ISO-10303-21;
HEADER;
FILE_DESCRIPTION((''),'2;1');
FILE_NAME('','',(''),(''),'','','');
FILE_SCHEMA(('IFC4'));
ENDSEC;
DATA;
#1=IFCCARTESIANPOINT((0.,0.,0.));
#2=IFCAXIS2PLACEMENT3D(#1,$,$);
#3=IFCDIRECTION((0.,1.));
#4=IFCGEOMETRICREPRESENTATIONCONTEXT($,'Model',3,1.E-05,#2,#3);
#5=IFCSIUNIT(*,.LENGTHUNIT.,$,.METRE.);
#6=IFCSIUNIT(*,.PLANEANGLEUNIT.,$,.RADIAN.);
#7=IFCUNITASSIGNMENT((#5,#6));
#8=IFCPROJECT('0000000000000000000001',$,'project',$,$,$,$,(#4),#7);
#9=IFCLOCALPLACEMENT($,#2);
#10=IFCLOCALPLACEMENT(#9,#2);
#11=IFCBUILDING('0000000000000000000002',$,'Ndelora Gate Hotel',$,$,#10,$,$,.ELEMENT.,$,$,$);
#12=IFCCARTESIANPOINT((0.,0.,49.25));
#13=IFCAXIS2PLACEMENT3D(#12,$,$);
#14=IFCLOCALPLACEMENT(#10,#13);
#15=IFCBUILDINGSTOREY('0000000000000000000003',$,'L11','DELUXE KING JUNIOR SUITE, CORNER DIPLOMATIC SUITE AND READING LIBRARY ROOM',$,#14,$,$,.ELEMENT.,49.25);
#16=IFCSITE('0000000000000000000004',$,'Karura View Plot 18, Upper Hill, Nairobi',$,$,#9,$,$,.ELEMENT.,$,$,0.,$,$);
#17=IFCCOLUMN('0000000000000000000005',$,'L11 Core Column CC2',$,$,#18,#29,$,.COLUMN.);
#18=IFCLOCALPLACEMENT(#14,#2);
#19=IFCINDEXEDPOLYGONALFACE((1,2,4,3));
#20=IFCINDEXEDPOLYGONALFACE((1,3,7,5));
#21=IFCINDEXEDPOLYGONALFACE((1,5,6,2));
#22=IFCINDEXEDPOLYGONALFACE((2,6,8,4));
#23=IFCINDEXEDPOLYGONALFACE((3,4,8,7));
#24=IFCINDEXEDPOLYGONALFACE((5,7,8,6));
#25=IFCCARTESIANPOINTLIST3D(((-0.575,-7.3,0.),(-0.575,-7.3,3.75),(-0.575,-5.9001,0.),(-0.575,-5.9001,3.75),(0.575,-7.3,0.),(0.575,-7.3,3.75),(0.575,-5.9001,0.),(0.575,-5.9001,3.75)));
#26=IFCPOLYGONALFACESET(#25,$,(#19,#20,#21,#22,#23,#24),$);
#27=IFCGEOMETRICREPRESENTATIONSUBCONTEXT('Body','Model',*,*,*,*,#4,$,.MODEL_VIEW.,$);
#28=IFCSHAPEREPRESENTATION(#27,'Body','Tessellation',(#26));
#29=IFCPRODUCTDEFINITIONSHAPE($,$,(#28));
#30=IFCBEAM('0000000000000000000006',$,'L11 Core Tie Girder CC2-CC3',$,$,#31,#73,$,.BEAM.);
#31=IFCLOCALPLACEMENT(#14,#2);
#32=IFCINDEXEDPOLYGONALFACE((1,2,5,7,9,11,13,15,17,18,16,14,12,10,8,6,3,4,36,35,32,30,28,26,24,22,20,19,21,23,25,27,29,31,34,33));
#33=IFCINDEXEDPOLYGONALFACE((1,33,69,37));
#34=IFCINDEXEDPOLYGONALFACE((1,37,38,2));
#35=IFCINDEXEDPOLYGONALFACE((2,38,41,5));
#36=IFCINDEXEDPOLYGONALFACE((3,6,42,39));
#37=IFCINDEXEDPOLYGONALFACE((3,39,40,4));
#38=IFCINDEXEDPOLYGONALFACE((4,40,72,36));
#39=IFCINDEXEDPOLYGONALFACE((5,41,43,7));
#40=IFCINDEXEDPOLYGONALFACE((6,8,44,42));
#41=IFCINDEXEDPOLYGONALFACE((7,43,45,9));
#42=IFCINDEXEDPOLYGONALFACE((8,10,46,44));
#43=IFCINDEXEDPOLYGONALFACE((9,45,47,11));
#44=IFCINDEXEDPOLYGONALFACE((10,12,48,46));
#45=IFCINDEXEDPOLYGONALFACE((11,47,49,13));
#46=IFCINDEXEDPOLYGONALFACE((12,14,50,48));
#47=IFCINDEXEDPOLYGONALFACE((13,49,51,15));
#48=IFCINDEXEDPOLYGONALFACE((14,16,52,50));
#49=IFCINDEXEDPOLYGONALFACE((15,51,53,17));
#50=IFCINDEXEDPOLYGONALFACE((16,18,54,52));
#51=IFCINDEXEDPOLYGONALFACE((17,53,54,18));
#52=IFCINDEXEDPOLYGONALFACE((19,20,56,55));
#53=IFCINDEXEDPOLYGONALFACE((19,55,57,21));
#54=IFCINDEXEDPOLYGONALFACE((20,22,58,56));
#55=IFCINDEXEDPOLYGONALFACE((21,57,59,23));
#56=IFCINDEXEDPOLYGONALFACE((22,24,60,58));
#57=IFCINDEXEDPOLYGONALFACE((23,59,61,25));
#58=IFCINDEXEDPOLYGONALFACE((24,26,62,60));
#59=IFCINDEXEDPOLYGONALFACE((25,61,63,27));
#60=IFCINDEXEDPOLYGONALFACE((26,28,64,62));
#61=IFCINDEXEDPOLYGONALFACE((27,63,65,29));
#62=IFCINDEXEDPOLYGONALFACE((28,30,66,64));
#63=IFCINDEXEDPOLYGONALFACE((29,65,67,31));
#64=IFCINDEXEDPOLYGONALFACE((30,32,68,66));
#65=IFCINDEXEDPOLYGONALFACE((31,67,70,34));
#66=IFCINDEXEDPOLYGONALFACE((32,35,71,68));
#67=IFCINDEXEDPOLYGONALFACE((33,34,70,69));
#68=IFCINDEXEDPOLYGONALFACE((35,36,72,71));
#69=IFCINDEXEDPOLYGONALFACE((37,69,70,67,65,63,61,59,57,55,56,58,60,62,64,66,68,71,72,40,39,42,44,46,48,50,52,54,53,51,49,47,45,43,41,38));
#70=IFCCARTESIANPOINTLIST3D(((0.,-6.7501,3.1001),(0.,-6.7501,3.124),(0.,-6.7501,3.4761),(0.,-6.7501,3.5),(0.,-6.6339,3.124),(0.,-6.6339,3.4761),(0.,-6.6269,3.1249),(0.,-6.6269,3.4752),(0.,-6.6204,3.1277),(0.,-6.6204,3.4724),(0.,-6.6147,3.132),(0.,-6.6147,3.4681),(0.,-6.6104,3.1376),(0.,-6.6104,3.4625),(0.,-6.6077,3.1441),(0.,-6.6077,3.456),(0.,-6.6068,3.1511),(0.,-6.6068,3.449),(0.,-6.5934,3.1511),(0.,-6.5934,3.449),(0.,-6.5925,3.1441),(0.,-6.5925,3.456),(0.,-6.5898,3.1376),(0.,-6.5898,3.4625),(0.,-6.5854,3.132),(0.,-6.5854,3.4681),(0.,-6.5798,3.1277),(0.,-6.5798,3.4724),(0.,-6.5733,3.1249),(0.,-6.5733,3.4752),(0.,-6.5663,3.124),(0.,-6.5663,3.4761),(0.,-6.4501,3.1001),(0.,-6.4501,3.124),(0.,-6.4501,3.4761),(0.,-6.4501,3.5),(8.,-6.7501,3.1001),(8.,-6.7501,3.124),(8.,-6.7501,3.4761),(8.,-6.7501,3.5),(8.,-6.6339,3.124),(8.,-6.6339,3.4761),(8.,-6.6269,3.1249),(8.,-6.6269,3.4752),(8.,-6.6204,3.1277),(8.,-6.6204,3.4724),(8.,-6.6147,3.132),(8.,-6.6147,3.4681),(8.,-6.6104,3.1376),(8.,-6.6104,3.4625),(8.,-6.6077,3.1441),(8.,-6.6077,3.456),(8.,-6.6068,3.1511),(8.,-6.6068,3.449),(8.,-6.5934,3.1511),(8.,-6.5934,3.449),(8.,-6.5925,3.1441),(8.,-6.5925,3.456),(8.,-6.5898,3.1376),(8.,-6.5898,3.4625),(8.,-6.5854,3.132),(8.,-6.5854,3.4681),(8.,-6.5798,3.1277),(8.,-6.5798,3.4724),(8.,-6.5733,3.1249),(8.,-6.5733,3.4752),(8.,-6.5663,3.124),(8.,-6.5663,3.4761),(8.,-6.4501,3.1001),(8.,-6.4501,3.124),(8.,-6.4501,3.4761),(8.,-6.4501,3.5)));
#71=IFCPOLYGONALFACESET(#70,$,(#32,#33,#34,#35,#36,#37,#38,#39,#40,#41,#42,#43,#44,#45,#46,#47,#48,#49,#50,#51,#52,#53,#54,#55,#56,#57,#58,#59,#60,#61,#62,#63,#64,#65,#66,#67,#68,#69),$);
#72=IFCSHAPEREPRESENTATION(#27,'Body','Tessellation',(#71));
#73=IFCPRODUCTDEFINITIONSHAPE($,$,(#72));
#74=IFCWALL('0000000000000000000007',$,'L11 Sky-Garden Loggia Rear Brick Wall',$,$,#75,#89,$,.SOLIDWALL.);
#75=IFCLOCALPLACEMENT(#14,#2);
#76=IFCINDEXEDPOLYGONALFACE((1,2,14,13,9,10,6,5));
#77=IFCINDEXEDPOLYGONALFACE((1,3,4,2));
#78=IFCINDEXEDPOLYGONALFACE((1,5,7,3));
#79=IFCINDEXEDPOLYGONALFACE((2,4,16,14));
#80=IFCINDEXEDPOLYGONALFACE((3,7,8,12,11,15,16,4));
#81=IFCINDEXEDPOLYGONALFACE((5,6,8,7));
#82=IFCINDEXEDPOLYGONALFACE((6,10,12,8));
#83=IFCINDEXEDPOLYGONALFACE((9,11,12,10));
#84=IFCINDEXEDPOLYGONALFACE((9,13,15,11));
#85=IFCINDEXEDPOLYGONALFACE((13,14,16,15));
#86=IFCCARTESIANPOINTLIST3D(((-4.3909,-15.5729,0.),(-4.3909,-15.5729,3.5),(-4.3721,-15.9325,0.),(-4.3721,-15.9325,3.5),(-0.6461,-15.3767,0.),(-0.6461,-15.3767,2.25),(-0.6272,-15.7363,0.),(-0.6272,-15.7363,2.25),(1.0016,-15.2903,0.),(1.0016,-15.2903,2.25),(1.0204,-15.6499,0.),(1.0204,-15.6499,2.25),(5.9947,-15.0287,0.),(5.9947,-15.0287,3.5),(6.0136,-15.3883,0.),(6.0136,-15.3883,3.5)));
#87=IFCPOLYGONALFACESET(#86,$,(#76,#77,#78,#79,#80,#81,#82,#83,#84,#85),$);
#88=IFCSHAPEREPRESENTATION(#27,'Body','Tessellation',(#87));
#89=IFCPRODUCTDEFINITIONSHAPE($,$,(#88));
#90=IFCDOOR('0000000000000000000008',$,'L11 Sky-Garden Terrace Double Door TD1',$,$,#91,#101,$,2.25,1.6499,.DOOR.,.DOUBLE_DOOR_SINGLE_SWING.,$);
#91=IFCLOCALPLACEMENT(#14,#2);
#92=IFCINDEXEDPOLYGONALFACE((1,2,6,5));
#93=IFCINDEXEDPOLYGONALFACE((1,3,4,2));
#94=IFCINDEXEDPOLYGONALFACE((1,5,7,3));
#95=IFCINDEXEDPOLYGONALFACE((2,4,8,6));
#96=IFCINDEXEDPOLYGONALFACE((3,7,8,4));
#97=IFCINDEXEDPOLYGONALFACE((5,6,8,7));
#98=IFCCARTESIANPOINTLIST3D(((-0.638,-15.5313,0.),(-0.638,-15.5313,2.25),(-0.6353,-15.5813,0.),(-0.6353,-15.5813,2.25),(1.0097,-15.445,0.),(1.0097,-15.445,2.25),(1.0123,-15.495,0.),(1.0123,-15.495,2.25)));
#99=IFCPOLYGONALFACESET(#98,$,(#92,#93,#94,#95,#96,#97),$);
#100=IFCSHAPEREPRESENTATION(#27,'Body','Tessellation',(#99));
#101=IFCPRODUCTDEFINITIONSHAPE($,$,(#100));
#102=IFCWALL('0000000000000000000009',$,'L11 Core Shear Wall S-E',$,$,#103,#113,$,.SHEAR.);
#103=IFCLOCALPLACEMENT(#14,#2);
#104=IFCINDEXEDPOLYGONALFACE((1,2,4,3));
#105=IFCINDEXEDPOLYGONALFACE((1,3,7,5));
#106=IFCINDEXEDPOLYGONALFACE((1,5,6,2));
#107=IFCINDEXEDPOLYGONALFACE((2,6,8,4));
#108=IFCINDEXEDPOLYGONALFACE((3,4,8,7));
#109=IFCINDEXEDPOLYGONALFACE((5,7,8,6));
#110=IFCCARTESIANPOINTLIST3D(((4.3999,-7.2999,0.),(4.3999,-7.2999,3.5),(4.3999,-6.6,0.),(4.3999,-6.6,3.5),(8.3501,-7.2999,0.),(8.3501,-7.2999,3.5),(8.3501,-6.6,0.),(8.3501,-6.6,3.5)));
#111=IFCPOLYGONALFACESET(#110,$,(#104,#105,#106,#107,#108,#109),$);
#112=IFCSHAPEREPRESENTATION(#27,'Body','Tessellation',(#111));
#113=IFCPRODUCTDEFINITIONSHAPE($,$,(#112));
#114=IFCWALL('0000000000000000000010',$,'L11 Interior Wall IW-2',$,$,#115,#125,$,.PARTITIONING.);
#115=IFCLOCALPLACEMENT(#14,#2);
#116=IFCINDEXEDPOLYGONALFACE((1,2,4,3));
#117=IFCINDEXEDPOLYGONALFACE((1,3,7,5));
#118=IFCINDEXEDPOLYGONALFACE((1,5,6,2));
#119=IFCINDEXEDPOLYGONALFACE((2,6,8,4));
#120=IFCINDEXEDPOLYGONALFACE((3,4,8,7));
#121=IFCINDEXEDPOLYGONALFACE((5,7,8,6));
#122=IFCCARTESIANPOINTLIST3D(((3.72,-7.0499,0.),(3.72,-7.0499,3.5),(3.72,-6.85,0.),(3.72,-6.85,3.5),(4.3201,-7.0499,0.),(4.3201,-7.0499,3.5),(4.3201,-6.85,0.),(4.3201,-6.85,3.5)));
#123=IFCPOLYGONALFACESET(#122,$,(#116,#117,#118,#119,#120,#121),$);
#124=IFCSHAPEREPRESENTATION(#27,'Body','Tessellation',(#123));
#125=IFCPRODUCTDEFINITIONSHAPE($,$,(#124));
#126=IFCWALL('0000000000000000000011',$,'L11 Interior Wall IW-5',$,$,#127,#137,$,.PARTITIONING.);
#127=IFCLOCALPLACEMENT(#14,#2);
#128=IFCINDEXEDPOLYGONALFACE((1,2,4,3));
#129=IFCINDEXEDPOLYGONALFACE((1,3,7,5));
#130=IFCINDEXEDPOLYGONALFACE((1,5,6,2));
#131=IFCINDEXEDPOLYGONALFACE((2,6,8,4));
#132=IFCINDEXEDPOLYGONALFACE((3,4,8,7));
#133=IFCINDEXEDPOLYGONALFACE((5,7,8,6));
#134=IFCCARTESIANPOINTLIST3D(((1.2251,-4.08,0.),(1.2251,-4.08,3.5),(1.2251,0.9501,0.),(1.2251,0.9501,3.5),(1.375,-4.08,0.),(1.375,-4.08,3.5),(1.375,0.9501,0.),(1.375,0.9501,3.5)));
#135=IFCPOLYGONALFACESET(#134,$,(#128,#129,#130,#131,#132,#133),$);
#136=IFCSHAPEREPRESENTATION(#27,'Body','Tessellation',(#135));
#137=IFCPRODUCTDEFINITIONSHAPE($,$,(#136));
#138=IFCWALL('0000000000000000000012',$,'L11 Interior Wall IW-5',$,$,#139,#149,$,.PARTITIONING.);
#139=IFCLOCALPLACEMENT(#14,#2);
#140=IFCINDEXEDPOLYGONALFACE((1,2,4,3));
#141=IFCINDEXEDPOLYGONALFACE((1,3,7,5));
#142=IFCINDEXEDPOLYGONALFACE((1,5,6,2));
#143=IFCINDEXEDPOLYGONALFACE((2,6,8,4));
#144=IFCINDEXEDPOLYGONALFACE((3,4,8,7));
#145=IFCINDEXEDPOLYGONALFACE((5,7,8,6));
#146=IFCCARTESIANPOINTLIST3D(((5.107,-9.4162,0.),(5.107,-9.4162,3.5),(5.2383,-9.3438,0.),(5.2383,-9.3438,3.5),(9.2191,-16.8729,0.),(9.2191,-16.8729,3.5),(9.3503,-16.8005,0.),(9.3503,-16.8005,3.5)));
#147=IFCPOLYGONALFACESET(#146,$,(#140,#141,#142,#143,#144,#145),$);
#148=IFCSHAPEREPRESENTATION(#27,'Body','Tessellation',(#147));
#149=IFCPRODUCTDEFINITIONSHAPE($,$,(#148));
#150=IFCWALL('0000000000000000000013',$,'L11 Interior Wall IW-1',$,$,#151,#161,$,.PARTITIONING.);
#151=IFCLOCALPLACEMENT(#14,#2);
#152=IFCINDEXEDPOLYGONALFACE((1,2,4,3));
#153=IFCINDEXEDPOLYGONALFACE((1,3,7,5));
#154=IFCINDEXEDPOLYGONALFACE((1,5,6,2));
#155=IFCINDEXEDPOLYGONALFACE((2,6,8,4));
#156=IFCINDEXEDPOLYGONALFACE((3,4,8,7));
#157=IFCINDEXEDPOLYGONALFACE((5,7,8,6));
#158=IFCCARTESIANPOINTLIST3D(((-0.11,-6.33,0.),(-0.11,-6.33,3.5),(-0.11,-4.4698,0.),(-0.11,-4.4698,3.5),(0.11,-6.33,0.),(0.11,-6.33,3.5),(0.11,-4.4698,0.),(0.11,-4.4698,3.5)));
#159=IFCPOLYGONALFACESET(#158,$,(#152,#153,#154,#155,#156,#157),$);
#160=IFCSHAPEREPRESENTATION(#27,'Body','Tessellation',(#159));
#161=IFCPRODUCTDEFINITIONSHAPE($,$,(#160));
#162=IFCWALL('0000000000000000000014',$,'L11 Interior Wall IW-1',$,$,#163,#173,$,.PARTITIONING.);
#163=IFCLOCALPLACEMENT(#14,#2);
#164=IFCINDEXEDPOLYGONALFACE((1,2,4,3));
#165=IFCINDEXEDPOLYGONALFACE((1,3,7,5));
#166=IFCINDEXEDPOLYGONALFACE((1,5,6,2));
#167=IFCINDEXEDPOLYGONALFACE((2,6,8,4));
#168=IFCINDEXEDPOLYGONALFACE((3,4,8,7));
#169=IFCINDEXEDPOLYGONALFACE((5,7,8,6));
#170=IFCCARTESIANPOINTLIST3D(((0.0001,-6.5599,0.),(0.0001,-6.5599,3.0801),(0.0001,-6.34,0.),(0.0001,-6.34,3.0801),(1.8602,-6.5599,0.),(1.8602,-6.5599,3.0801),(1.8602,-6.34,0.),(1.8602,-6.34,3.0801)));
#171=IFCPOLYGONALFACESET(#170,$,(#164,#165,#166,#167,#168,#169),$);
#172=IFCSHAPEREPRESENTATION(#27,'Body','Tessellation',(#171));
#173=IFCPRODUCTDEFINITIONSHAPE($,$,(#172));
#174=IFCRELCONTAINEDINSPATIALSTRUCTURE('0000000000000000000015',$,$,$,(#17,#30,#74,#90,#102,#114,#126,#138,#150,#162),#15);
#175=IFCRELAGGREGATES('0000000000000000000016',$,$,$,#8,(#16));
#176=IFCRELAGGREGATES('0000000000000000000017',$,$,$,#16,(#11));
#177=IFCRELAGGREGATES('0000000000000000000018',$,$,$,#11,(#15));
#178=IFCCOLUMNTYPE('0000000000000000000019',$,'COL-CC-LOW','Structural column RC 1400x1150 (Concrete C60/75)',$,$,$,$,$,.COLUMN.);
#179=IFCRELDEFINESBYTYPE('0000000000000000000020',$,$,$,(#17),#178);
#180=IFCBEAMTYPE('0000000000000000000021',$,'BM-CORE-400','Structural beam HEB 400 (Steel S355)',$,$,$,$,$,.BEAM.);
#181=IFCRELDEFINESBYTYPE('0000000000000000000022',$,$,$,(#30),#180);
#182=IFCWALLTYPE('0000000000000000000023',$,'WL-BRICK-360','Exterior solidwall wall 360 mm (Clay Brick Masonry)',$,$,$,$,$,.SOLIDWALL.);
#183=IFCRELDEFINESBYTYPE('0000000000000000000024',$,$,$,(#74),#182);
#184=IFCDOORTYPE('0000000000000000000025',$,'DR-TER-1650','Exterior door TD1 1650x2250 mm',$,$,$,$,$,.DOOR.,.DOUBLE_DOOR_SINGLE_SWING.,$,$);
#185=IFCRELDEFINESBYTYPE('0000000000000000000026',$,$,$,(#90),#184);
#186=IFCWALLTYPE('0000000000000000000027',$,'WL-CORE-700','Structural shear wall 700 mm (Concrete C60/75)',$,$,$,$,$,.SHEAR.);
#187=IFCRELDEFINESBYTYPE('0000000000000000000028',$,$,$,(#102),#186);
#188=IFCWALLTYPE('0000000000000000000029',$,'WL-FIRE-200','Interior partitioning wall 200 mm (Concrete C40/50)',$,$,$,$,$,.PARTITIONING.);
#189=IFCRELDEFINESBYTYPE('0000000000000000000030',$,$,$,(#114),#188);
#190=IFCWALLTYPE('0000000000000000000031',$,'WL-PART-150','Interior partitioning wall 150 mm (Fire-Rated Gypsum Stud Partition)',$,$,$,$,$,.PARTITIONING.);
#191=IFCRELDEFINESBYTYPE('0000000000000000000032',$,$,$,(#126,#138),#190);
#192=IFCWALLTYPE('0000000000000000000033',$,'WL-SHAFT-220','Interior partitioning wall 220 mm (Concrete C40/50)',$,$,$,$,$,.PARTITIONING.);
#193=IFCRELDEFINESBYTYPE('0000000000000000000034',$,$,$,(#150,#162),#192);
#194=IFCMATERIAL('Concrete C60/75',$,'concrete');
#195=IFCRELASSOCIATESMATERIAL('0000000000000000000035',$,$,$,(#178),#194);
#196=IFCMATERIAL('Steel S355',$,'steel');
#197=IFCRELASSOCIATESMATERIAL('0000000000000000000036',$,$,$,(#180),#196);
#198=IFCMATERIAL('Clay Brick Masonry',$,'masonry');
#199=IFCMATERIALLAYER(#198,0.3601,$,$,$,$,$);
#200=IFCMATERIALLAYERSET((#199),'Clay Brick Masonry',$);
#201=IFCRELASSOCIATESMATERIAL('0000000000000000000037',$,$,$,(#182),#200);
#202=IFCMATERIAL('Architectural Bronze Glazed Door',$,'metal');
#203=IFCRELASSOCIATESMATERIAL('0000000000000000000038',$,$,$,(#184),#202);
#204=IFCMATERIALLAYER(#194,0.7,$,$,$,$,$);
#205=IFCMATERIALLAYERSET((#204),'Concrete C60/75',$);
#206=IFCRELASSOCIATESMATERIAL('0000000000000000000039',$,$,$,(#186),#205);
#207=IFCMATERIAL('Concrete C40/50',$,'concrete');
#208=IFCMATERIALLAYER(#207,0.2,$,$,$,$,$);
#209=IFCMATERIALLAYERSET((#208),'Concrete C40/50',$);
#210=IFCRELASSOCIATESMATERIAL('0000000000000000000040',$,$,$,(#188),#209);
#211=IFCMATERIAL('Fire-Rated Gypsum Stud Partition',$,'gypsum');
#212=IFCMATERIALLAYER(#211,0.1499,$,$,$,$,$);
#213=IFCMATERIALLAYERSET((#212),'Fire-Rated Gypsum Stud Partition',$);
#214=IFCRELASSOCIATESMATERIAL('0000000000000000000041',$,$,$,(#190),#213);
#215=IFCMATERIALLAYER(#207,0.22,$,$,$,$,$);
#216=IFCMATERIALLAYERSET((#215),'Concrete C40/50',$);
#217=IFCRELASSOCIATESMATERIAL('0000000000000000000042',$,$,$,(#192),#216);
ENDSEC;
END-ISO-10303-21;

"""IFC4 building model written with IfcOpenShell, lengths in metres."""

from ifc_helpers import new_model, si_unit, direction, frame, frame_2d, origin, origin_2d, place, context, subcontext, project, spatial, rectangle, i_section, extrude, material, layer, layer_set, material_profile, profile_set, type_object, element, fill, save


model = new_model("IFC4")

# Units and contexts
model_context = context("Model", 3, precision=1e-05, world=origin(), true_north=direction((0.0, 1.0)))
body_context = subcontext(model_context, "Body", "Model", "MODEL_VIEW")
ifc_project = project(units=[si_unit("LENGTHUNIT", "METRE"), si_unit("PLANEANGLEUNIT", "RADIAN")], contexts=[model_context])

# Site, building, storey
site_placement = place(None, origin())
site = spatial("IfcSite", under=ifc_project, at=site_placement, Name="Karura View Plot 18, Upper Hill, Nairobi", CompositionType="ELEMENT", RefElevation=0.0)
building_placement = place(site_placement, origin())
building = spatial("IfcBuilding", under=site, at=building_placement, Name="Ndelora Gate Hotel", CompositionType="ELEMENT")
storey_placement = place(building_placement, frame((0.0, 0.0, 49.25)))
storey = spatial("IfcBuildingStorey", under=building, at=storey_placement, Name="L11", Description="DELUXE KING JUNIOR SUITE, CORNER DIPLOMATIC SUITE AND READING LIBRARY ROOM", CompositionType="ELEMENT", Elevation=49.25)

# Column
ifc_material_1 = material(Name="Concrete C60/75", Category="concrete")
ifc_material_profile_1 = material_profile(ifc_material_1, rectangle(XDim=1.1499, YDim=1.3999, at=origin_2d()), Name="RC 1400x1150")
ifc_profile_set_1 = profile_set([ifc_material_profile_1], Name="Concrete C60/75")
column_type = type_object("IfcColumnType", Name="COL-CC-LOW", Description="Structural column RC 1400x1150 (Concrete C60/75)", PredefinedType="COLUMN", material=ifc_profile_set_1)
column_placement = place(storey_placement, frame((0.0, -6.6001, 0.0), z_axis=(0.0, 0.0, 1.0), x_axis=(1.0, 0.0, 0.0)))
element("IfcColumn", 1, at=column_placement, inside=storey, type_object=column_type, Name="L11 Core Column CC2", PredefinedType="COLUMN", context=body_context, shape_type="SweptSolid", body=[
    extrude(rectangle(XDim=1.1499, YDim=1.3999, at=origin_2d()), origin(), (0.0, 0.0, 1.0), 3.75),
])

# Beam
ifc_material_2 = material(Name="Steel S355", Category="steel")
ifc_material_profile_2 = material_profile(ifc_material_2, i_section(OverallWidth=0.3, OverallDepth=0.3999, WebThickness=0.0134, FlangeThickness=0.0239, FilletRadius=0.0271, at=origin_2d()), Name="HEB 400")
ifc_profile_set_2 = profile_set([ifc_material_profile_2], Name="Steel S355")
beam_type = type_object("IfcBeamType", Name="BM-CORE-400", Description="Structural beam HEB 400 (Steel S355)", PredefinedType="BEAM", material=ifc_profile_set_2)
beam_placement = place(storey_placement, frame((0.0, -6.6001, 3.3), z_axis=(1.0, 0.0, 0.0), x_axis=(0.0, 1.0, 0.0)))
element("IfcBeam", 2, at=beam_placement, inside=storey, type_object=beam_type, Name="L11 Core Tie Girder CC2-CC3", PredefinedType="BEAM", context=body_context, shape_type="SweptSolid", body=[
    extrude(i_section(OverallWidth=0.3, OverallDepth=0.3999, WebThickness=0.0134, FlangeThickness=0.0239, FilletRadius=0.0271, at=origin_2d()), origin(), (0.0, 0.0, 1.0), 8.0),
])

# Wall, opening, door
ifc_material_3 = material(Name="Clay Brick Masonry", Category="masonry")
ifc_layer_1 = layer(ifc_material_3, 0.3601)
ifc_layer_set_1 = layer_set([ifc_layer_1], Name="Clay Brick Masonry")
wall_type_1 = type_object("IfcWallType", Name="WL-BRICK-360", Description="Exterior solidwall wall 360 mm (Clay Brick Masonry)", PredefinedType="SOLIDWALL", material=ifc_layer_set_1)
wall_1_placement = place(storey_placement, frame((6.0042, -15.2085, 0.0), z_axis=(0.0, 0.0, 1.0), x_axis=(-0.99863, -0.052326, 0.0)))
wall_1 = element("IfcWall", 3, at=wall_1_placement, inside=storey, type_object=wall_type_1, Name="L11 Sky-Garden Loggia Rear Brick Wall", PredefinedType="SOLIDWALL", context=body_context, shape_type="SweptSolid", body=[
    extrude(rectangle(XDim=10.3999, YDim=0.3601, at=frame_2d((5.2, 0.0))), origin(), (0.0, 0.0, 1.0), 3.5),
])
opening_placement = place(wall_1_placement, frame((5.0, 0.0, 0.0)))
opening = element("IfcOpeningElement", 4, at=opening_placement, cuts=wall_1, PredefinedType="OPENING", context=body_context, shape_type="SweptSolid", body=[
    extrude(rectangle(XDim=1.6499, YDim=2.25, at=frame_2d((0.825, 1.125))), frame((0.0, 0.1899, 0.0), z_axis=(0.0, -1.0, 0.0), x_axis=(1.0, 0.0, 0.0)), (0.0, 0.0, 1.0), 0.3801),
])
ifc_material_4 = material(Name="Architectural Bronze Glazed Door", Category="metal")
door_type = type_object("IfcDoorType", Name="DR-TER-1650", Description="Exterior door TD1 1650x2250 mm", OperationType="DOUBLE_DOOR_SINGLE_SWING", PredefinedType="DOOR", material=ifc_material_4)
door_placement = place(opening_placement, origin())
door = element("IfcDoor", 5, at=door_placement, inside=storey, type_object=door_type, Name="L11 Sky-Garden Terrace Double Door TD1", OperationType="DOUBLE_DOOR_SINGLE_SWING", OverallHeight=2.25, OverallWidth=1.6499, PredefinedType="DOOR", context=body_context, shape_type="SweptSolid", body=[
    extrude(rectangle(XDim=1.6499, YDim=2.25, at=frame_2d((0.825, 1.125))), frame((0.0, 0.0249, 0.0), z_axis=(0.0, -1.0, 0.0), x_axis=(1.0, 0.0, 0.0)), (0.0, 0.0, 1.0), 0.05),
])
fill(opening, door)

# Walls
ifc_layer_2 = layer(ifc_material_1, 0.7)
ifc_layer_set_2 = layer_set([ifc_layer_2], Name="Concrete C60/75")
wall_type_2 = type_object("IfcWallType", Name="WL-CORE-700", Description="Structural shear wall 700 mm (Concrete C60/75)", PredefinedType="SHEAR", material=ifc_layer_set_2)
wall_2_placement = place(storey_placement, frame((4.3999, -6.95, 0.0), z_axis=(0.0, 0.0, 1.0), x_axis=(1.0, 0.0, 0.0)))
element("IfcWall", 6, at=wall_2_placement, inside=storey, type_object=wall_type_2, Name="L11 Core Shear Wall S-E", PredefinedType="SHEAR", context=body_context, shape_type="SweptSolid", body=[
    extrude(rectangle(XDim=3.9502, YDim=0.7, at=frame_2d((1.9751, 0.0))), origin(), (0.0, 0.0, 1.0), 3.5),
])
ifc_material_5 = material(Name="Concrete C40/50", Category="concrete")
ifc_layer_3 = layer(ifc_material_5, 0.2)
ifc_layer_set_3 = layer_set([ifc_layer_3], Name="Concrete C40/50")
wall_type_3 = type_object("IfcWallType", Name="WL-FIRE-200", Description="Interior partitioning wall 200 mm (Concrete C40/50)", PredefinedType="PARTITIONING", material=ifc_layer_set_3)
wall_3_placement = place(storey_placement, frame((3.72, -6.95, 0.0), z_axis=(0.0, 0.0, 1.0), x_axis=(1.0, 0.0, 0.0)))
element("IfcWall", 7, at=wall_3_placement, inside=storey, type_object=wall_type_3, Name="L11 Interior Wall IW-2", PredefinedType="PARTITIONING", context=body_context, shape_type="SweptSolid", body=[
    extrude(rectangle(XDim=0.6001, YDim=0.2, at=frame_2d((0.3, 0.0))), origin(), (0.0, 0.0, 1.0), 3.5),
])
ifc_material_6 = material(Name="Fire-Rated Gypsum Stud Partition", Category="gypsum")
ifc_layer_4 = layer(ifc_material_6, 0.1499)
ifc_layer_set_4 = layer_set([ifc_layer_4], Name="Fire-Rated Gypsum Stud Partition")
wall_type_4 = type_object("IfcWallType", Name="WL-PART-150", Description="Interior partitioning wall 150 mm (Fire-Rated Gypsum Stud Partition)", PredefinedType="PARTITIONING", material=ifc_layer_set_4)
wall_4_placement = place(storey_placement, frame((1.3, -4.0801, 0.0), z_axis=(0.0, 0.0, 1.0), x_axis=(0.0, 1.0, 0.0)))
element("IfcWall", 8, at=wall_4_placement, inside=storey, type_object=wall_type_4, Name="L11 Interior Wall IW-5", PredefinedType="PARTITIONING", context=body_context, shape_type="SweptSolid", body=[
    extrude(rectangle(XDim=5.03, YDim=0.1499, at=frame_2d((2.5151, 0.0))), origin(), (0.0, 0.0, 1.0), 3.5),
])
wall_5_placement = place(storey_placement, frame((5.1726, -9.3799, 0.0), z_axis=(0.0, 0.0, 1.0), x_axis=(0.482895, -0.875678, 0.0)))
element("IfcWall", 9, at=wall_5_placement, inside=storey, type_object=wall_type_4, Name="L11 Interior Wall IW-5", PredefinedType="PARTITIONING", context=body_context, shape_type="SweptSolid", body=[
    extrude(rectangle(XDim=8.5154, YDim=0.1499, at=frame_2d((4.2578, 0.0))), origin(), (0.0, 0.0, 1.0), 3.5),
])
ifc_layer_5 = layer(ifc_material_5, 0.22)
ifc_layer_set_5 = layer_set([ifc_layer_5], Name="Concrete C40/50")
wall_type_5 = type_object("IfcWallType", Name="WL-SHAFT-220", Description="Interior partitioning wall 220 mm (Concrete C40/50)", PredefinedType="PARTITIONING", material=ifc_layer_set_5)
wall_6_placement = place(storey_placement, frame((0.0, -6.3301, 0.0), z_axis=(0.0, 0.0, 1.0), x_axis=(0.0, 1.0, 0.0)))
element("IfcWall", 10, at=wall_6_placement, inside=storey, type_object=wall_type_5, Name="L11 Interior Wall IW-1", PredefinedType="PARTITIONING", context=body_context, shape_type="SweptSolid", body=[
    extrude(rectangle(XDim=1.8601, YDim=0.22, at=frame_2d((0.9302, 0.0))), origin(), (0.0, 0.0, 1.0), 3.5),
])
wall_7_placement = place(storey_placement, frame((0.0, -6.45, 0.0), z_axis=(0.0, 0.0, 1.0), x_axis=(1.0, 0.0, 0.0)))
element("IfcWall", 11, at=wall_7_placement, inside=storey, type_object=wall_type_5, Name="L11 Interior Wall IW-1", PredefinedType="PARTITIONING", context=body_context, shape_type="SweptSolid", body=[
    extrude(rectangle(XDim=1.8601, YDim=0.22, at=frame_2d((0.9302, 0.0))), origin(), (0.0, 0.0, 1.0), 3.0801),
])

save(model, "model.ifc")
